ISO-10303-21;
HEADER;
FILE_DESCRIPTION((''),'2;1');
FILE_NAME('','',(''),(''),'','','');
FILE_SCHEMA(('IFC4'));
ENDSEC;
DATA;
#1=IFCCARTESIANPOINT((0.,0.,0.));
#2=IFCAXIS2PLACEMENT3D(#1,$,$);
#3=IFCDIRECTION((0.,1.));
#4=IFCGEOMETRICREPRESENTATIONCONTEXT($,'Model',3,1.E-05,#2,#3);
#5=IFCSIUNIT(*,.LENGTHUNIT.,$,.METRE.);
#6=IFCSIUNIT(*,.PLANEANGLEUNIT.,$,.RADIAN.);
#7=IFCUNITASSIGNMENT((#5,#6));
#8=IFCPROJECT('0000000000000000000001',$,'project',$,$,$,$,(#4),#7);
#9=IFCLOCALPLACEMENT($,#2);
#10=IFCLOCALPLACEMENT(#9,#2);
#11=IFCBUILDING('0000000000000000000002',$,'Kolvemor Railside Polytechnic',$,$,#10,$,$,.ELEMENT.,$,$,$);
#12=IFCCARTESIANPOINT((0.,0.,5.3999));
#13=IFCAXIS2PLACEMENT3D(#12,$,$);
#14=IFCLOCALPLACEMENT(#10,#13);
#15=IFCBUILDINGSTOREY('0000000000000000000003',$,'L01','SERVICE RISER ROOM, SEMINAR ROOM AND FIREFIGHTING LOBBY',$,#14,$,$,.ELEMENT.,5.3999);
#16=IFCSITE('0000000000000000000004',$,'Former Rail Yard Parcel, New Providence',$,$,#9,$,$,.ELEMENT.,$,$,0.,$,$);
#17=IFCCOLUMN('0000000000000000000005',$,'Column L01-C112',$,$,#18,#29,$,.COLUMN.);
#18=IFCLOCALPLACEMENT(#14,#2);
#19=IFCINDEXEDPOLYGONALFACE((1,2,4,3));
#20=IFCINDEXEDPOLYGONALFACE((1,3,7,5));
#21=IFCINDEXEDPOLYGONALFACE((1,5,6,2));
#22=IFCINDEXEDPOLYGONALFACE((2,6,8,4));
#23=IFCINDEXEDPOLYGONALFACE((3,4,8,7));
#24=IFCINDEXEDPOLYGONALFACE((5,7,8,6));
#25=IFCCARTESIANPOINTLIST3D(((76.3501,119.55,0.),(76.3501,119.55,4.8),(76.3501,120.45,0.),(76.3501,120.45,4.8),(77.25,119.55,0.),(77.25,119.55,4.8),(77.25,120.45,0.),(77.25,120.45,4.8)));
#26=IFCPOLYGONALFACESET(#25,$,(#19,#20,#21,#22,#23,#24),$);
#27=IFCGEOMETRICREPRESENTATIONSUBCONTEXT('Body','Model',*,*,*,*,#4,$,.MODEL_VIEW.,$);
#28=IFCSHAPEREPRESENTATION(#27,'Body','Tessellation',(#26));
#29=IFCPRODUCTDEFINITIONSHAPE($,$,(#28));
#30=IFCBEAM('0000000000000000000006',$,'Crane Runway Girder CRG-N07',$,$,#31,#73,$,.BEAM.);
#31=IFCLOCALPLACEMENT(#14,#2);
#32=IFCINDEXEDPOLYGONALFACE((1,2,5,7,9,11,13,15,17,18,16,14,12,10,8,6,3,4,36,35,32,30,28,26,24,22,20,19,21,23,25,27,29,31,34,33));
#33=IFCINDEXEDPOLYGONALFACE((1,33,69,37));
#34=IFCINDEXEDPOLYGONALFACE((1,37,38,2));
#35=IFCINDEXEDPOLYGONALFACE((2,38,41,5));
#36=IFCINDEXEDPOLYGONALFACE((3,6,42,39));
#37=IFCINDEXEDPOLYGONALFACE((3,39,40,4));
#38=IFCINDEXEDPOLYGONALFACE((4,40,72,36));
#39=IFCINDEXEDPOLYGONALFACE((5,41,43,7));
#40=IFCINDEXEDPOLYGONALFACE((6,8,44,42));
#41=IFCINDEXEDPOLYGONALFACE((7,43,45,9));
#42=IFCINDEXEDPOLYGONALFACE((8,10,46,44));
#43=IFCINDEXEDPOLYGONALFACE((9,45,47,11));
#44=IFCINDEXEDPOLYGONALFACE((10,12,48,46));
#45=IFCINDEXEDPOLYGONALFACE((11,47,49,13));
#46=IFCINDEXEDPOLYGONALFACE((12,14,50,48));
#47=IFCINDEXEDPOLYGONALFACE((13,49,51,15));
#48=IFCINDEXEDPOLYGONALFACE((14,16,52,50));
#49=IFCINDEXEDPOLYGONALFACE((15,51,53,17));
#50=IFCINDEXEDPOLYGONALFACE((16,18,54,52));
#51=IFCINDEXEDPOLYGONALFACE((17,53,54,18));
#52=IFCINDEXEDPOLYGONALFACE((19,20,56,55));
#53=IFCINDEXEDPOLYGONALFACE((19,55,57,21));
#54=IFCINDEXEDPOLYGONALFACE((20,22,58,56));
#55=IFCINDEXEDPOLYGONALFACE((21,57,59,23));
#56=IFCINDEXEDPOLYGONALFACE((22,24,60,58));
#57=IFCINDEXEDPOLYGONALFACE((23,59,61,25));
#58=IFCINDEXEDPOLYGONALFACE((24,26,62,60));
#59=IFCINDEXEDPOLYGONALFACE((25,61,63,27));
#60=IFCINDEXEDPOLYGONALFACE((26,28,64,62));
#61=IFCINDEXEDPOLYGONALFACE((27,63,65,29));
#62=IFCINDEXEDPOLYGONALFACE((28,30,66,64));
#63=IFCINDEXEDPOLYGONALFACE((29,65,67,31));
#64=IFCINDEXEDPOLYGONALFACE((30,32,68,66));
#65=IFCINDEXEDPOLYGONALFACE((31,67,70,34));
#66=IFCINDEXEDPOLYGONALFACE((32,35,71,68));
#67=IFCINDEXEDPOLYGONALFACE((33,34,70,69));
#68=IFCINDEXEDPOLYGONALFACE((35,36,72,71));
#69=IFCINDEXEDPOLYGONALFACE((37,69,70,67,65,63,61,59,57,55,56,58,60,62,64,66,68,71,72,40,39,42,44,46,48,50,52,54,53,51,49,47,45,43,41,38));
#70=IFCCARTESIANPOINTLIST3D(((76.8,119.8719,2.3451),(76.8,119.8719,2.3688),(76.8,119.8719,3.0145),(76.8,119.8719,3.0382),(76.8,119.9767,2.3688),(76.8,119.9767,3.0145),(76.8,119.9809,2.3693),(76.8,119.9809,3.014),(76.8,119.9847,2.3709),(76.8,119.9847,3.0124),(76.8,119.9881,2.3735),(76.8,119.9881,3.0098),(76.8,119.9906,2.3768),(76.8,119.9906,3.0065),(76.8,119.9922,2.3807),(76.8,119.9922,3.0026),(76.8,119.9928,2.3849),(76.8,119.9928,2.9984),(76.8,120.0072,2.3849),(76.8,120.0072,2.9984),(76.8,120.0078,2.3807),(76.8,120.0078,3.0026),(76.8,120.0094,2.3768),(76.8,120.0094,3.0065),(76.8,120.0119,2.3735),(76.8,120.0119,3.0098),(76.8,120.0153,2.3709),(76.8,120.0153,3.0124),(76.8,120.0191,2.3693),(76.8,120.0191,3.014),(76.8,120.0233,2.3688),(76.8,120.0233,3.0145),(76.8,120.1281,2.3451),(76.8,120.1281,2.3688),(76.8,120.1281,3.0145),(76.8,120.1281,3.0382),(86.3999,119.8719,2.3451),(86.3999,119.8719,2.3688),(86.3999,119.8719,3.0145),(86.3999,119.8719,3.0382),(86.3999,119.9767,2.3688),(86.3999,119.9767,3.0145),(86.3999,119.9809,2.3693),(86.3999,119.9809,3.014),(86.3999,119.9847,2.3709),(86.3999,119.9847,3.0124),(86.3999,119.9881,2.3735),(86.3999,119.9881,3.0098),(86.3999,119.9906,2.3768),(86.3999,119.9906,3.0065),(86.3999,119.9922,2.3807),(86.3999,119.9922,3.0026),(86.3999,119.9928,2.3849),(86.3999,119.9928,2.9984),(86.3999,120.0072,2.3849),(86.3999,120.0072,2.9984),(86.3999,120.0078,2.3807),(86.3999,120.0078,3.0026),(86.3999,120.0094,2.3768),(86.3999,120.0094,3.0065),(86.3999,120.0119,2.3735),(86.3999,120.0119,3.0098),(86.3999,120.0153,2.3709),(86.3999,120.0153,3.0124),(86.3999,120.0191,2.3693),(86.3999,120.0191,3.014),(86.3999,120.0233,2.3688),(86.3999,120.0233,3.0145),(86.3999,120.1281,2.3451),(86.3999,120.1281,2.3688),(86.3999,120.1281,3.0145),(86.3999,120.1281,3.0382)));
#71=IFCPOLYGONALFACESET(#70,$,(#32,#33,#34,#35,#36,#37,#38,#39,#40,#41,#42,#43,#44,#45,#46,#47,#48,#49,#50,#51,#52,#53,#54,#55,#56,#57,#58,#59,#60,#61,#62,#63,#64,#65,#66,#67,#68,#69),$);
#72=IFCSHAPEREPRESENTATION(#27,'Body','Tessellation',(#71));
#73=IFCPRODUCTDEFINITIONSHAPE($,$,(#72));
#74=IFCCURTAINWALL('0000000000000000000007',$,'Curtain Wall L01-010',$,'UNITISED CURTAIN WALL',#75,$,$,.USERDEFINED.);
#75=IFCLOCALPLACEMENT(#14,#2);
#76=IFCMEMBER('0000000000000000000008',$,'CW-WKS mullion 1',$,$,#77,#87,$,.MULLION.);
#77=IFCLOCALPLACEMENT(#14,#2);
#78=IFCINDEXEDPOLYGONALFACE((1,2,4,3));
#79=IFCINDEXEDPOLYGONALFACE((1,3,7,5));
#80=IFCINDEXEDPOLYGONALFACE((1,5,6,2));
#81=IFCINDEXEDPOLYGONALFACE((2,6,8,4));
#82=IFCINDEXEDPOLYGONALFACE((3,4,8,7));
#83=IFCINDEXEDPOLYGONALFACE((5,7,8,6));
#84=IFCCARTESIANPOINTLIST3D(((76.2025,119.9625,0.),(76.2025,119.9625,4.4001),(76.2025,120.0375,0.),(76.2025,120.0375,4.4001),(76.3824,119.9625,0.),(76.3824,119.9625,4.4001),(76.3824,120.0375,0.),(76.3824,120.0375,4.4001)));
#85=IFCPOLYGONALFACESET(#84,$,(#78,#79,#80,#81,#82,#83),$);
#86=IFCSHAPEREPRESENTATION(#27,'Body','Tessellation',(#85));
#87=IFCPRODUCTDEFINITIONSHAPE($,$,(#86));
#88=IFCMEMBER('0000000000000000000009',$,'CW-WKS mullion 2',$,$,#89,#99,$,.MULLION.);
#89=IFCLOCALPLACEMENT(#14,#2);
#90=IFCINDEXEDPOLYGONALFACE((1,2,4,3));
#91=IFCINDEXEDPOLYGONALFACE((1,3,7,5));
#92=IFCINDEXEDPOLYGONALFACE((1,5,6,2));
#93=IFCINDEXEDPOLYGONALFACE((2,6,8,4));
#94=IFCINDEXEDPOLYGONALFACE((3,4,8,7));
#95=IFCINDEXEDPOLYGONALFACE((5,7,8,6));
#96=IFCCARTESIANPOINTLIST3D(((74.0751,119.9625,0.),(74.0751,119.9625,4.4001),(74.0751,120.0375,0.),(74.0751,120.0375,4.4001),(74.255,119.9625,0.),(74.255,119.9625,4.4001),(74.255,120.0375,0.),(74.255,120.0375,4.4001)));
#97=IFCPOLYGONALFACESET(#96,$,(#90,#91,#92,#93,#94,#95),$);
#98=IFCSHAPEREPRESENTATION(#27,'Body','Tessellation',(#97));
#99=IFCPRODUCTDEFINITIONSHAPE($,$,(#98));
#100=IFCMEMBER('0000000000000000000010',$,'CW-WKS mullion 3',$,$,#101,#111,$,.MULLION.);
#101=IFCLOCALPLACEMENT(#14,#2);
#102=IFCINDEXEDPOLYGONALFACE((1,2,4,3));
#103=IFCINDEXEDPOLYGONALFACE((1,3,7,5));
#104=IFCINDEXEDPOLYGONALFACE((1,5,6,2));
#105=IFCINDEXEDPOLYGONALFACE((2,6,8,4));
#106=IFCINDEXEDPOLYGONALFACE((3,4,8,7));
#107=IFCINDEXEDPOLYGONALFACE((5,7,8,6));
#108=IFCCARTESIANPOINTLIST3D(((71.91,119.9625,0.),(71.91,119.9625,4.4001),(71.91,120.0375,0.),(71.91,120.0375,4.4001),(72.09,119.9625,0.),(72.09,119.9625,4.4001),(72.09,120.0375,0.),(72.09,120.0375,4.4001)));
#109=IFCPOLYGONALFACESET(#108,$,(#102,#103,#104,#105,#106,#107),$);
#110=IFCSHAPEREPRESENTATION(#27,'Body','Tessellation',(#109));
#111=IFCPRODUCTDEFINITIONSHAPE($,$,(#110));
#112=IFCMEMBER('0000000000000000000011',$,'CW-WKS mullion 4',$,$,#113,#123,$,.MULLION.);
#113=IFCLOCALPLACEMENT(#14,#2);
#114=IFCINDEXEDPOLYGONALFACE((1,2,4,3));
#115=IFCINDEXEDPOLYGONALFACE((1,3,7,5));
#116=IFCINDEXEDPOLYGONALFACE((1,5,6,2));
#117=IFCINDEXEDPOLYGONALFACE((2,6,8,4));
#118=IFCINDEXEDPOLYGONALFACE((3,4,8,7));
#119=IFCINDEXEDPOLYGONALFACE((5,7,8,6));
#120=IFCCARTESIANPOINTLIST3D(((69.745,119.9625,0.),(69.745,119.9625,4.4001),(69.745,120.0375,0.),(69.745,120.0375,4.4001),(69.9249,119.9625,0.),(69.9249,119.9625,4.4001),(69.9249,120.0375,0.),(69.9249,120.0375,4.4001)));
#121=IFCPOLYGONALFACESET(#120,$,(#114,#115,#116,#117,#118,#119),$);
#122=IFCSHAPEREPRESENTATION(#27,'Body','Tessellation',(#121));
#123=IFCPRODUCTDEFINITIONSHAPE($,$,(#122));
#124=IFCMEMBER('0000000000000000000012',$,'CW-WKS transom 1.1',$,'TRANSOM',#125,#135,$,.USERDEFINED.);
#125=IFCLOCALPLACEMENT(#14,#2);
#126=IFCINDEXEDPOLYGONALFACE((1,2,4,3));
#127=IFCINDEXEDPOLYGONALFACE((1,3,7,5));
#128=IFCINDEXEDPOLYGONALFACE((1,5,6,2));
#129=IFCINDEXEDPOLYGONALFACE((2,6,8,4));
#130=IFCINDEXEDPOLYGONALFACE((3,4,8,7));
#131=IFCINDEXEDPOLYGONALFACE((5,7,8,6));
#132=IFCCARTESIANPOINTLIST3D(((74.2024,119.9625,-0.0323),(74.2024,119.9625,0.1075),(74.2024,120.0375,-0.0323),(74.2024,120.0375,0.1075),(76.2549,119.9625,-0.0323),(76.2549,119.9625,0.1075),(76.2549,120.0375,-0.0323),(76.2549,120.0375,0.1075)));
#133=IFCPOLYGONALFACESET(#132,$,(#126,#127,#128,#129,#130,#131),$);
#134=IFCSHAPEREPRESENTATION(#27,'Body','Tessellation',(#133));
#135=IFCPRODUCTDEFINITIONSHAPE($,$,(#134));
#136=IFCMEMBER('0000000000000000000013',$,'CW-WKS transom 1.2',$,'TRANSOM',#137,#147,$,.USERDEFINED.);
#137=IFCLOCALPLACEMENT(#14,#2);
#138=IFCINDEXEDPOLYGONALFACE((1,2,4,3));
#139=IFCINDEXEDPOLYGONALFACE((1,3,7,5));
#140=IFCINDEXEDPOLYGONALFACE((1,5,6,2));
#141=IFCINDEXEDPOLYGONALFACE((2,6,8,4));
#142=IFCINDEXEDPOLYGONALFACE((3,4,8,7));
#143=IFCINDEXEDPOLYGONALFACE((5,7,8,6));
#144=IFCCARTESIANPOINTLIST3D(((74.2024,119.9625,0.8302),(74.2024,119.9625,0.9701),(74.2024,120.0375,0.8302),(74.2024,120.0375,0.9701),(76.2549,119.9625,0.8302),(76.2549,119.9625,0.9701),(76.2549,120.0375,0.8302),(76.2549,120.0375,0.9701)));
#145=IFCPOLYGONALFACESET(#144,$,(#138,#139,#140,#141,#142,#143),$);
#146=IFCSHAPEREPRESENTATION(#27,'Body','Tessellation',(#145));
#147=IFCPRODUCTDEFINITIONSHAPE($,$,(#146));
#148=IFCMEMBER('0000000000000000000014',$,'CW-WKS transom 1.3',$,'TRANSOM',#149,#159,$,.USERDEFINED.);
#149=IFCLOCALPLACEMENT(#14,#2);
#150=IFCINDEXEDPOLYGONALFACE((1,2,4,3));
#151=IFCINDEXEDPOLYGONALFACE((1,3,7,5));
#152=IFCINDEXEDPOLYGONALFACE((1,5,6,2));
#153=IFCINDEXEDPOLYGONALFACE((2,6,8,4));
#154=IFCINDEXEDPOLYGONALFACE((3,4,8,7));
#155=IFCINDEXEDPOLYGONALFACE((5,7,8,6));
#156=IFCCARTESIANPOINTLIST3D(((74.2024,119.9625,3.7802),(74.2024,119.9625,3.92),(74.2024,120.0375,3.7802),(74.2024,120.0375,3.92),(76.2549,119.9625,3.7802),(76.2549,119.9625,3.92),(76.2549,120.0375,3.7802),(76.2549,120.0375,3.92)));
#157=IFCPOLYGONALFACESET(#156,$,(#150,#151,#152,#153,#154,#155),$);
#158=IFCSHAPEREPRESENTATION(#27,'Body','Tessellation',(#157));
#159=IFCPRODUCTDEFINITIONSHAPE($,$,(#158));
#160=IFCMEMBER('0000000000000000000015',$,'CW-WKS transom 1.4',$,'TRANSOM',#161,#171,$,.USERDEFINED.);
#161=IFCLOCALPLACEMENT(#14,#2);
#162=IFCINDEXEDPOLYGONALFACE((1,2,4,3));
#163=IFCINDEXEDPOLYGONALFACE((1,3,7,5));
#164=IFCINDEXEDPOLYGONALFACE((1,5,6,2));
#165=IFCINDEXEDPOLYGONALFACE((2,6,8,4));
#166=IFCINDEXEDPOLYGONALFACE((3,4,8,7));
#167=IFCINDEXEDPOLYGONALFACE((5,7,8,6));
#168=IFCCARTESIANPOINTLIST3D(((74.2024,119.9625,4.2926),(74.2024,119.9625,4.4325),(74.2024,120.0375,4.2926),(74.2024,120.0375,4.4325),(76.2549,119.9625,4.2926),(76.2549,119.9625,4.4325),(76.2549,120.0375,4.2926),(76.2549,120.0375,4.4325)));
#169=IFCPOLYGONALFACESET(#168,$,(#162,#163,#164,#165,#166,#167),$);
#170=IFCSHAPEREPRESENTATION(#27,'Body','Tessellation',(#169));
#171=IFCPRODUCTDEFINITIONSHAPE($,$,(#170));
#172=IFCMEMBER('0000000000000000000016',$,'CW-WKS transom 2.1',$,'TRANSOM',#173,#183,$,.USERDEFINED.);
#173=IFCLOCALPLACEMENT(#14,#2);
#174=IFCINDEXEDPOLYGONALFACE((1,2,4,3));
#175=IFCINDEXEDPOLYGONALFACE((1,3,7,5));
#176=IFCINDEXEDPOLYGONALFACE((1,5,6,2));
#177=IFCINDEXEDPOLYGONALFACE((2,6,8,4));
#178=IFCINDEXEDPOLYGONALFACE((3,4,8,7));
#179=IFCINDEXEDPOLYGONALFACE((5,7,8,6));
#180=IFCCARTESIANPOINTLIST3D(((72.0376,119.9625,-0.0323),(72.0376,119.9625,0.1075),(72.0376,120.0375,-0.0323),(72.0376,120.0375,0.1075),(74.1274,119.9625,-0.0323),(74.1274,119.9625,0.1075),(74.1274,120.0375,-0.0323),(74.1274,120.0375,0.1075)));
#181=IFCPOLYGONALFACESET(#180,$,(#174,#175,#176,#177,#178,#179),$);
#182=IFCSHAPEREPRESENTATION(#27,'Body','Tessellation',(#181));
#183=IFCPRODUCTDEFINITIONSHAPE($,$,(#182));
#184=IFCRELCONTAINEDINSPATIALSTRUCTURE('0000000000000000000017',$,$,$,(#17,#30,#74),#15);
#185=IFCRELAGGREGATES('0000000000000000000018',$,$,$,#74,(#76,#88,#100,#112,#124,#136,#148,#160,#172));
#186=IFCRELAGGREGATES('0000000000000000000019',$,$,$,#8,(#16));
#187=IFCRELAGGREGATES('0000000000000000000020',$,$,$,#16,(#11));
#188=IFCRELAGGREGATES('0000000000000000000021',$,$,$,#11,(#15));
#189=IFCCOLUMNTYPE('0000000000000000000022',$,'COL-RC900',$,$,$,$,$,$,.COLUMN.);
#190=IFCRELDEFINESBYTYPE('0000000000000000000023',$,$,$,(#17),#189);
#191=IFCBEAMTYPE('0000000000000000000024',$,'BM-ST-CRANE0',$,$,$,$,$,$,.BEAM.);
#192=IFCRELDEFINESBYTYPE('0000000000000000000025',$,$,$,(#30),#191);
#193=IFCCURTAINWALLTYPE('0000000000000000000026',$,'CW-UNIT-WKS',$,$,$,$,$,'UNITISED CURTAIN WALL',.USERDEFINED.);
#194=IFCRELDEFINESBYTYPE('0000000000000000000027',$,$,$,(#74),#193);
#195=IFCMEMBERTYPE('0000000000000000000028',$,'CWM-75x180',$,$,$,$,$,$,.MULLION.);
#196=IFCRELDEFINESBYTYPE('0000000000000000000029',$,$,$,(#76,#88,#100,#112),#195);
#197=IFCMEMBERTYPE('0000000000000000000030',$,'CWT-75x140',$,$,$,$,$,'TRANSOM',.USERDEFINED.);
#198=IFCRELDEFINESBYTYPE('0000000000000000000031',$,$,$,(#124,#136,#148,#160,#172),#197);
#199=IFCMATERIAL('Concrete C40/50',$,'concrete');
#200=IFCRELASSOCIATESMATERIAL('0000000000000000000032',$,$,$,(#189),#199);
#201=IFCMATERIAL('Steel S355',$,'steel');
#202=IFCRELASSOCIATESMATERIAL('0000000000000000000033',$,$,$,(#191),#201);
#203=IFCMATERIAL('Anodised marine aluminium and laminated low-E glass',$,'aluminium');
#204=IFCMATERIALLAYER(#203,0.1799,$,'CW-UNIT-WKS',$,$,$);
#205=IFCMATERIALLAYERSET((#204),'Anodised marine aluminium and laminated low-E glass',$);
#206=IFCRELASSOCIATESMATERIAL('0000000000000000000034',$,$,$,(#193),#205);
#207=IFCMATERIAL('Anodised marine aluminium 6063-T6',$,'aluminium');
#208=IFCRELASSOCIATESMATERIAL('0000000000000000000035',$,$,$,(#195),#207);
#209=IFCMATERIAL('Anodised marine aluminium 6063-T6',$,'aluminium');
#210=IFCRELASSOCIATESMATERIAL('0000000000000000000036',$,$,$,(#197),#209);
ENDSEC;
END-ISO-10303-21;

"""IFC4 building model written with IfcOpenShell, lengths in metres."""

from ifc_helpers import new_model, si_unit, direction, frame, origin, origin_2d, place, context, subcontext, project, spatial, rectangle, i_section, extrude, material, layer, layer_set, material_profile, profile_set, type_object, element, aggregate, save


model = new_model("IFC4")

# Units and contexts
model_context = context("Model", 3, precision=1e-05, world=origin(), true_north=direction((0.0, 1.0)))
body_context = subcontext(model_context, "Body", "Model", "MODEL_VIEW")
ifc_project = project(units=[si_unit("LENGTHUNIT", "METRE"), si_unit("PLANEANGLEUNIT", "RADIAN")], contexts=[model_context])

# Site, building, storey
site_placement = place(None, origin())
site = spatial("IfcSite", under=ifc_project, at=site_placement, Name="Former Rail Yard Parcel, New Providence", CompositionType="ELEMENT", RefElevation=0.0)
building_placement = place(site_placement, origin())
building = spatial("IfcBuilding", under=site, at=building_placement, Name="Kolvemor Railside Polytechnic", CompositionType="ELEMENT")
storey_placement = place(building_placement, frame((0.0, 0.0, 5.3999)))
storey = spatial("IfcBuildingStorey", under=building, at=storey_placement, Name="L01", Description="SERVICE RISER ROOM, SEMINAR ROOM AND FIREFIGHTING LOBBY", CompositionType="ELEMENT", Elevation=5.3999)

# Column
ifc_material_1 = material(Name="Concrete C40/50", Category="concrete")
ifc_material_profile_1 = material_profile(ifc_material_1, rectangle(XDim=0.8999, YDim=0.8999, at=origin_2d()), Name="RC900x900")
ifc_profile_set_1 = profile_set([ifc_material_profile_1], Name="Concrete C40/50")
column_type = type_object("IfcColumnType", Name="COL-RC900", PredefinedType="COLUMN", material=ifc_profile_set_1)
column_placement = place(storey_placement, frame((76.8, 120.0, 0.0), z_axis=(0.0, 0.0, 1.0), x_axis=(1.0, 0.0, 0.0)))
element("IfcColumn", 1, at=column_placement, inside=storey, type_object=column_type, Name="Column L01-C112", PredefinedType="COLUMN", context=body_context, shape_type="SweptSolid", body=[
    extrude(rectangle(XDim=0.8999, YDim=0.8999, at=origin_2d()), origin(), (0.0, 0.0, 1.0), 4.8),
])

# Beam
ifc_material_2 = material(Name="Steel S355", Category="steel")
ifc_material_profile_2 = material_profile(ifc_material_2, i_section(OverallWidth=0.2561, OverallDepth=0.6931, WebThickness=0.0144, FlangeThickness=0.0237, FilletRadius=0.0161, at=origin_2d()), Name="W690x170")
ifc_profile_set_2 = profile_set([ifc_material_profile_2], Name="Steel S355")
beam_type = type_object("IfcBeamType", Name="BM-ST-CRANE0", PredefinedType="BEAM", material=ifc_profile_set_2)
beam_placement = place(storey_placement, frame((76.8, 120.0, 2.6917), z_axis=(1.0, 0.0, 0.0), x_axis=(0.0, 1.0, 0.0)))
element("IfcBeam", 2, at=beam_placement, inside=storey, type_object=beam_type, Name="Crane Runway Girder CRG-N07", PredefinedType="BEAM", context=body_context, shape_type="SweptSolid", body=[
    extrude(i_section(OverallWidth=0.2561, OverallDepth=0.6931, WebThickness=0.0144, FlangeThickness=0.0237, FilletRadius=0.0161, at=origin_2d()), origin(), (0.0, 0.0, 1.0), 9.5999),
])

# Curtain wall, members
ifc_material_3 = material(Name="Anodised marine aluminium and laminated low-E glass", Category="aluminium")
ifc_layer_1 = layer(ifc_material_3, 0.1799, Name="CW-UNIT-WKS")
ifc_layer_set_1 = layer_set([ifc_layer_1], Name="Anodised marine aluminium and laminated low-E glass")
curtain_wall_type = type_object("IfcCurtainWallType", Name="CW-UNIT-WKS", ElementType="UNITISED CURTAIN WALL", PredefinedType="USERDEFINED", material=ifc_layer_set_1)
curtain_wall_placement = place(storey_placement, origin())
curtain_wall = element("IfcCurtainWall", 3, at=curtain_wall_placement, inside=storey, type_object=curtain_wall_type, Name="Curtain Wall L01-010", ObjectType="UNITISED CURTAIN WALL", PredefinedType="USERDEFINED")
ifc_material_4 = material(Name="Anodised marine aluminium 6063-T6", Category="aluminium")
ifc_material_profile_3 = material_profile(ifc_material_4, rectangle(XDim=0.075, YDim=0.1799, at=origin_2d()), Name="CW-MUL-75x180")
ifc_profile_set_3 = profile_set([ifc_material_profile_3], Name="Anodised marine aluminium 6063-T6")
member_type_1 = type_object("IfcMemberType", Name="CWM-75x180", PredefinedType="MULLION", material=ifc_profile_set_3)
member_1_placement = place(storey_placement, frame((76.2925, 120.0, 0.0), z_axis=(0.0, 0.0, 1.0), x_axis=(0.0, -1.0, 0.0)))
member_1 = element("IfcMember", 4, at=member_1_placement, type_object=member_type_1, Name="CW-WKS mullion 1", PredefinedType="MULLION", context=body_context, shape_type="SweptSolid", body=[
    extrude(rectangle(XDim=0.075, YDim=0.1799, at=origin_2d()), origin(), (0.0, 0.0, 1.0), 4.4001),
])
member_2_placement = place(storey_placement, frame((74.165, 120.0, 0.0), z_axis=(0.0, 0.0, 1.0), x_axis=(0.0, -1.0, 0.0)))
member_2 = element("IfcMember", 5, at=member_2_placement, type_object=member_type_1, Name="CW-WKS mullion 2", PredefinedType="MULLION", context=body_context, shape_type="SweptSolid", body=[
    extrude(rectangle(XDim=0.075, YDim=0.1799, at=origin_2d()), origin(), (0.0, 0.0, 1.0), 4.4001),
])
member_3_placement = place(storey_placement, frame((72.0, 120.0, 0.0), z_axis=(0.0, 0.0, 1.0), x_axis=(0.0, -1.0, 0.0)))
member_3 = element("IfcMember", 6, at=member_3_placement, type_object=member_type_1, Name="CW-WKS mullion 3", PredefinedType="MULLION", context=body_context, shape_type="SweptSolid", body=[
    extrude(rectangle(XDim=0.075, YDim=0.1799, at=origin_2d()), origin(), (0.0, 0.0, 1.0), 4.4001),
])
member_4_placement = place(storey_placement, frame((69.835, 120.0, 0.0), z_axis=(0.0, 0.0, 1.0), x_axis=(0.0, -1.0, 0.0)))
member_4 = element("IfcMember", 7, at=member_4_placement, type_object=member_type_1, Name="CW-WKS mullion 4", PredefinedType="MULLION", context=body_context, shape_type="SweptSolid", body=[
    extrude(rectangle(XDim=0.075, YDim=0.1799, at=origin_2d()), origin(), (0.0, 0.0, 1.0), 4.4001),
])
ifc_material_5 = material(Name="Anodised marine aluminium 6063-T6", Category="aluminium")
ifc_material_profile_4 = material_profile(ifc_material_5, rectangle(XDim=0.075, YDim=0.1399, at=origin_2d()), Name="CW-TRN-75x140")
ifc_profile_set_4 = profile_set([ifc_material_profile_4], Name="Anodised marine aluminium 6063-T6")
member_type_2 = type_object("IfcMemberType", Name="CWT-75x140", ElementType="TRANSOM", PredefinedType="USERDEFINED", material=ifc_profile_set_4)
member_5_placement = place(storey_placement, frame((76.2549, 120.0, 0.0376), z_axis=(-1.0, 0.0, 0.0), x_axis=(0.0, -1.0, 0.0)))
member_5 = element("IfcMember", 8, at=member_5_placement, type_object=member_type_2, Name="CW-WKS transom 1.1", ObjectType="TRANSOM", PredefinedType="USERDEFINED", context=body_context, shape_type="SweptSolid", body=[
    extrude(rectangle(XDim=0.075, YDim=0.1399, at=origin_2d()), origin(), (0.0, 0.0, 1.0), 2.0525),
])
member_6_placement = place(storey_placement, frame((76.2549, 120.0, 0.9001), z_axis=(-1.0, 0.0, 0.0), x_axis=(0.0, -1.0, 0.0)))
member_6 = element("IfcMember", 9, at=member_6_placement, type_object=member_type_2, Name="CW-WKS transom 1.2", ObjectType="TRANSOM", PredefinedType="USERDEFINED", context=body_context, shape_type="SweptSolid", body=[
    extrude(rectangle(XDim=0.075, YDim=0.1399, at=origin_2d()), origin(), (0.0, 0.0, 1.0), 2.0525),
])
member_7_placement = place(storey_placement, frame((76.2549, 120.0, 3.8501), z_axis=(-1.0, 0.0, 0.0), x_axis=(0.0, -1.0, 0.0)))
member_7 = element("IfcMember", 10, at=member_7_placement, type_object=member_type_2, Name="CW-WKS transom 1.3", ObjectType="TRANSOM", PredefinedType="USERDEFINED", context=body_context, shape_type="SweptSolid", body=[
    extrude(rectangle(XDim=0.075, YDim=0.1399, at=origin_2d()), origin(), (0.0, 0.0, 1.0), 2.0525),
])
member_8_placement = place(storey_placement, frame((76.2549, 120.0, 4.3625), z_axis=(-1.0, 0.0, 0.0), x_axis=(0.0, -1.0, 0.0)))
member_8 = element("IfcMember", 11, at=member_8_placement, type_object=member_type_2, Name="CW-WKS transom 1.4", ObjectType="TRANSOM", PredefinedType="USERDEFINED", context=body_context, shape_type="SweptSolid", body=[
    extrude(rectangle(XDim=0.075, YDim=0.1399, at=origin_2d()), origin(), (0.0, 0.0, 1.0), 2.0525),
])
member_9_placement = place(storey_placement, frame((74.1274, 120.0, 0.0376), z_axis=(-1.0, 0.0, 0.0), x_axis=(0.0, -1.0, 0.0)))
member_9 = element("IfcMember", 12, at=member_9_placement, type_object=member_type_2, Name="CW-WKS transom 2.1", ObjectType="TRANSOM", PredefinedType="USERDEFINED", context=body_context, shape_type="SweptSolid", body=[
    extrude(rectangle(XDim=0.075, YDim=0.1399, at=origin_2d()), origin(), (0.0, 0.0, 1.0), 2.0898),
])
aggregate(curtain_wall, [member_1, member_2, member_3, member_4, member_5, member_6, member_7, member_8, member_9])

save(model, "model.ifc")
